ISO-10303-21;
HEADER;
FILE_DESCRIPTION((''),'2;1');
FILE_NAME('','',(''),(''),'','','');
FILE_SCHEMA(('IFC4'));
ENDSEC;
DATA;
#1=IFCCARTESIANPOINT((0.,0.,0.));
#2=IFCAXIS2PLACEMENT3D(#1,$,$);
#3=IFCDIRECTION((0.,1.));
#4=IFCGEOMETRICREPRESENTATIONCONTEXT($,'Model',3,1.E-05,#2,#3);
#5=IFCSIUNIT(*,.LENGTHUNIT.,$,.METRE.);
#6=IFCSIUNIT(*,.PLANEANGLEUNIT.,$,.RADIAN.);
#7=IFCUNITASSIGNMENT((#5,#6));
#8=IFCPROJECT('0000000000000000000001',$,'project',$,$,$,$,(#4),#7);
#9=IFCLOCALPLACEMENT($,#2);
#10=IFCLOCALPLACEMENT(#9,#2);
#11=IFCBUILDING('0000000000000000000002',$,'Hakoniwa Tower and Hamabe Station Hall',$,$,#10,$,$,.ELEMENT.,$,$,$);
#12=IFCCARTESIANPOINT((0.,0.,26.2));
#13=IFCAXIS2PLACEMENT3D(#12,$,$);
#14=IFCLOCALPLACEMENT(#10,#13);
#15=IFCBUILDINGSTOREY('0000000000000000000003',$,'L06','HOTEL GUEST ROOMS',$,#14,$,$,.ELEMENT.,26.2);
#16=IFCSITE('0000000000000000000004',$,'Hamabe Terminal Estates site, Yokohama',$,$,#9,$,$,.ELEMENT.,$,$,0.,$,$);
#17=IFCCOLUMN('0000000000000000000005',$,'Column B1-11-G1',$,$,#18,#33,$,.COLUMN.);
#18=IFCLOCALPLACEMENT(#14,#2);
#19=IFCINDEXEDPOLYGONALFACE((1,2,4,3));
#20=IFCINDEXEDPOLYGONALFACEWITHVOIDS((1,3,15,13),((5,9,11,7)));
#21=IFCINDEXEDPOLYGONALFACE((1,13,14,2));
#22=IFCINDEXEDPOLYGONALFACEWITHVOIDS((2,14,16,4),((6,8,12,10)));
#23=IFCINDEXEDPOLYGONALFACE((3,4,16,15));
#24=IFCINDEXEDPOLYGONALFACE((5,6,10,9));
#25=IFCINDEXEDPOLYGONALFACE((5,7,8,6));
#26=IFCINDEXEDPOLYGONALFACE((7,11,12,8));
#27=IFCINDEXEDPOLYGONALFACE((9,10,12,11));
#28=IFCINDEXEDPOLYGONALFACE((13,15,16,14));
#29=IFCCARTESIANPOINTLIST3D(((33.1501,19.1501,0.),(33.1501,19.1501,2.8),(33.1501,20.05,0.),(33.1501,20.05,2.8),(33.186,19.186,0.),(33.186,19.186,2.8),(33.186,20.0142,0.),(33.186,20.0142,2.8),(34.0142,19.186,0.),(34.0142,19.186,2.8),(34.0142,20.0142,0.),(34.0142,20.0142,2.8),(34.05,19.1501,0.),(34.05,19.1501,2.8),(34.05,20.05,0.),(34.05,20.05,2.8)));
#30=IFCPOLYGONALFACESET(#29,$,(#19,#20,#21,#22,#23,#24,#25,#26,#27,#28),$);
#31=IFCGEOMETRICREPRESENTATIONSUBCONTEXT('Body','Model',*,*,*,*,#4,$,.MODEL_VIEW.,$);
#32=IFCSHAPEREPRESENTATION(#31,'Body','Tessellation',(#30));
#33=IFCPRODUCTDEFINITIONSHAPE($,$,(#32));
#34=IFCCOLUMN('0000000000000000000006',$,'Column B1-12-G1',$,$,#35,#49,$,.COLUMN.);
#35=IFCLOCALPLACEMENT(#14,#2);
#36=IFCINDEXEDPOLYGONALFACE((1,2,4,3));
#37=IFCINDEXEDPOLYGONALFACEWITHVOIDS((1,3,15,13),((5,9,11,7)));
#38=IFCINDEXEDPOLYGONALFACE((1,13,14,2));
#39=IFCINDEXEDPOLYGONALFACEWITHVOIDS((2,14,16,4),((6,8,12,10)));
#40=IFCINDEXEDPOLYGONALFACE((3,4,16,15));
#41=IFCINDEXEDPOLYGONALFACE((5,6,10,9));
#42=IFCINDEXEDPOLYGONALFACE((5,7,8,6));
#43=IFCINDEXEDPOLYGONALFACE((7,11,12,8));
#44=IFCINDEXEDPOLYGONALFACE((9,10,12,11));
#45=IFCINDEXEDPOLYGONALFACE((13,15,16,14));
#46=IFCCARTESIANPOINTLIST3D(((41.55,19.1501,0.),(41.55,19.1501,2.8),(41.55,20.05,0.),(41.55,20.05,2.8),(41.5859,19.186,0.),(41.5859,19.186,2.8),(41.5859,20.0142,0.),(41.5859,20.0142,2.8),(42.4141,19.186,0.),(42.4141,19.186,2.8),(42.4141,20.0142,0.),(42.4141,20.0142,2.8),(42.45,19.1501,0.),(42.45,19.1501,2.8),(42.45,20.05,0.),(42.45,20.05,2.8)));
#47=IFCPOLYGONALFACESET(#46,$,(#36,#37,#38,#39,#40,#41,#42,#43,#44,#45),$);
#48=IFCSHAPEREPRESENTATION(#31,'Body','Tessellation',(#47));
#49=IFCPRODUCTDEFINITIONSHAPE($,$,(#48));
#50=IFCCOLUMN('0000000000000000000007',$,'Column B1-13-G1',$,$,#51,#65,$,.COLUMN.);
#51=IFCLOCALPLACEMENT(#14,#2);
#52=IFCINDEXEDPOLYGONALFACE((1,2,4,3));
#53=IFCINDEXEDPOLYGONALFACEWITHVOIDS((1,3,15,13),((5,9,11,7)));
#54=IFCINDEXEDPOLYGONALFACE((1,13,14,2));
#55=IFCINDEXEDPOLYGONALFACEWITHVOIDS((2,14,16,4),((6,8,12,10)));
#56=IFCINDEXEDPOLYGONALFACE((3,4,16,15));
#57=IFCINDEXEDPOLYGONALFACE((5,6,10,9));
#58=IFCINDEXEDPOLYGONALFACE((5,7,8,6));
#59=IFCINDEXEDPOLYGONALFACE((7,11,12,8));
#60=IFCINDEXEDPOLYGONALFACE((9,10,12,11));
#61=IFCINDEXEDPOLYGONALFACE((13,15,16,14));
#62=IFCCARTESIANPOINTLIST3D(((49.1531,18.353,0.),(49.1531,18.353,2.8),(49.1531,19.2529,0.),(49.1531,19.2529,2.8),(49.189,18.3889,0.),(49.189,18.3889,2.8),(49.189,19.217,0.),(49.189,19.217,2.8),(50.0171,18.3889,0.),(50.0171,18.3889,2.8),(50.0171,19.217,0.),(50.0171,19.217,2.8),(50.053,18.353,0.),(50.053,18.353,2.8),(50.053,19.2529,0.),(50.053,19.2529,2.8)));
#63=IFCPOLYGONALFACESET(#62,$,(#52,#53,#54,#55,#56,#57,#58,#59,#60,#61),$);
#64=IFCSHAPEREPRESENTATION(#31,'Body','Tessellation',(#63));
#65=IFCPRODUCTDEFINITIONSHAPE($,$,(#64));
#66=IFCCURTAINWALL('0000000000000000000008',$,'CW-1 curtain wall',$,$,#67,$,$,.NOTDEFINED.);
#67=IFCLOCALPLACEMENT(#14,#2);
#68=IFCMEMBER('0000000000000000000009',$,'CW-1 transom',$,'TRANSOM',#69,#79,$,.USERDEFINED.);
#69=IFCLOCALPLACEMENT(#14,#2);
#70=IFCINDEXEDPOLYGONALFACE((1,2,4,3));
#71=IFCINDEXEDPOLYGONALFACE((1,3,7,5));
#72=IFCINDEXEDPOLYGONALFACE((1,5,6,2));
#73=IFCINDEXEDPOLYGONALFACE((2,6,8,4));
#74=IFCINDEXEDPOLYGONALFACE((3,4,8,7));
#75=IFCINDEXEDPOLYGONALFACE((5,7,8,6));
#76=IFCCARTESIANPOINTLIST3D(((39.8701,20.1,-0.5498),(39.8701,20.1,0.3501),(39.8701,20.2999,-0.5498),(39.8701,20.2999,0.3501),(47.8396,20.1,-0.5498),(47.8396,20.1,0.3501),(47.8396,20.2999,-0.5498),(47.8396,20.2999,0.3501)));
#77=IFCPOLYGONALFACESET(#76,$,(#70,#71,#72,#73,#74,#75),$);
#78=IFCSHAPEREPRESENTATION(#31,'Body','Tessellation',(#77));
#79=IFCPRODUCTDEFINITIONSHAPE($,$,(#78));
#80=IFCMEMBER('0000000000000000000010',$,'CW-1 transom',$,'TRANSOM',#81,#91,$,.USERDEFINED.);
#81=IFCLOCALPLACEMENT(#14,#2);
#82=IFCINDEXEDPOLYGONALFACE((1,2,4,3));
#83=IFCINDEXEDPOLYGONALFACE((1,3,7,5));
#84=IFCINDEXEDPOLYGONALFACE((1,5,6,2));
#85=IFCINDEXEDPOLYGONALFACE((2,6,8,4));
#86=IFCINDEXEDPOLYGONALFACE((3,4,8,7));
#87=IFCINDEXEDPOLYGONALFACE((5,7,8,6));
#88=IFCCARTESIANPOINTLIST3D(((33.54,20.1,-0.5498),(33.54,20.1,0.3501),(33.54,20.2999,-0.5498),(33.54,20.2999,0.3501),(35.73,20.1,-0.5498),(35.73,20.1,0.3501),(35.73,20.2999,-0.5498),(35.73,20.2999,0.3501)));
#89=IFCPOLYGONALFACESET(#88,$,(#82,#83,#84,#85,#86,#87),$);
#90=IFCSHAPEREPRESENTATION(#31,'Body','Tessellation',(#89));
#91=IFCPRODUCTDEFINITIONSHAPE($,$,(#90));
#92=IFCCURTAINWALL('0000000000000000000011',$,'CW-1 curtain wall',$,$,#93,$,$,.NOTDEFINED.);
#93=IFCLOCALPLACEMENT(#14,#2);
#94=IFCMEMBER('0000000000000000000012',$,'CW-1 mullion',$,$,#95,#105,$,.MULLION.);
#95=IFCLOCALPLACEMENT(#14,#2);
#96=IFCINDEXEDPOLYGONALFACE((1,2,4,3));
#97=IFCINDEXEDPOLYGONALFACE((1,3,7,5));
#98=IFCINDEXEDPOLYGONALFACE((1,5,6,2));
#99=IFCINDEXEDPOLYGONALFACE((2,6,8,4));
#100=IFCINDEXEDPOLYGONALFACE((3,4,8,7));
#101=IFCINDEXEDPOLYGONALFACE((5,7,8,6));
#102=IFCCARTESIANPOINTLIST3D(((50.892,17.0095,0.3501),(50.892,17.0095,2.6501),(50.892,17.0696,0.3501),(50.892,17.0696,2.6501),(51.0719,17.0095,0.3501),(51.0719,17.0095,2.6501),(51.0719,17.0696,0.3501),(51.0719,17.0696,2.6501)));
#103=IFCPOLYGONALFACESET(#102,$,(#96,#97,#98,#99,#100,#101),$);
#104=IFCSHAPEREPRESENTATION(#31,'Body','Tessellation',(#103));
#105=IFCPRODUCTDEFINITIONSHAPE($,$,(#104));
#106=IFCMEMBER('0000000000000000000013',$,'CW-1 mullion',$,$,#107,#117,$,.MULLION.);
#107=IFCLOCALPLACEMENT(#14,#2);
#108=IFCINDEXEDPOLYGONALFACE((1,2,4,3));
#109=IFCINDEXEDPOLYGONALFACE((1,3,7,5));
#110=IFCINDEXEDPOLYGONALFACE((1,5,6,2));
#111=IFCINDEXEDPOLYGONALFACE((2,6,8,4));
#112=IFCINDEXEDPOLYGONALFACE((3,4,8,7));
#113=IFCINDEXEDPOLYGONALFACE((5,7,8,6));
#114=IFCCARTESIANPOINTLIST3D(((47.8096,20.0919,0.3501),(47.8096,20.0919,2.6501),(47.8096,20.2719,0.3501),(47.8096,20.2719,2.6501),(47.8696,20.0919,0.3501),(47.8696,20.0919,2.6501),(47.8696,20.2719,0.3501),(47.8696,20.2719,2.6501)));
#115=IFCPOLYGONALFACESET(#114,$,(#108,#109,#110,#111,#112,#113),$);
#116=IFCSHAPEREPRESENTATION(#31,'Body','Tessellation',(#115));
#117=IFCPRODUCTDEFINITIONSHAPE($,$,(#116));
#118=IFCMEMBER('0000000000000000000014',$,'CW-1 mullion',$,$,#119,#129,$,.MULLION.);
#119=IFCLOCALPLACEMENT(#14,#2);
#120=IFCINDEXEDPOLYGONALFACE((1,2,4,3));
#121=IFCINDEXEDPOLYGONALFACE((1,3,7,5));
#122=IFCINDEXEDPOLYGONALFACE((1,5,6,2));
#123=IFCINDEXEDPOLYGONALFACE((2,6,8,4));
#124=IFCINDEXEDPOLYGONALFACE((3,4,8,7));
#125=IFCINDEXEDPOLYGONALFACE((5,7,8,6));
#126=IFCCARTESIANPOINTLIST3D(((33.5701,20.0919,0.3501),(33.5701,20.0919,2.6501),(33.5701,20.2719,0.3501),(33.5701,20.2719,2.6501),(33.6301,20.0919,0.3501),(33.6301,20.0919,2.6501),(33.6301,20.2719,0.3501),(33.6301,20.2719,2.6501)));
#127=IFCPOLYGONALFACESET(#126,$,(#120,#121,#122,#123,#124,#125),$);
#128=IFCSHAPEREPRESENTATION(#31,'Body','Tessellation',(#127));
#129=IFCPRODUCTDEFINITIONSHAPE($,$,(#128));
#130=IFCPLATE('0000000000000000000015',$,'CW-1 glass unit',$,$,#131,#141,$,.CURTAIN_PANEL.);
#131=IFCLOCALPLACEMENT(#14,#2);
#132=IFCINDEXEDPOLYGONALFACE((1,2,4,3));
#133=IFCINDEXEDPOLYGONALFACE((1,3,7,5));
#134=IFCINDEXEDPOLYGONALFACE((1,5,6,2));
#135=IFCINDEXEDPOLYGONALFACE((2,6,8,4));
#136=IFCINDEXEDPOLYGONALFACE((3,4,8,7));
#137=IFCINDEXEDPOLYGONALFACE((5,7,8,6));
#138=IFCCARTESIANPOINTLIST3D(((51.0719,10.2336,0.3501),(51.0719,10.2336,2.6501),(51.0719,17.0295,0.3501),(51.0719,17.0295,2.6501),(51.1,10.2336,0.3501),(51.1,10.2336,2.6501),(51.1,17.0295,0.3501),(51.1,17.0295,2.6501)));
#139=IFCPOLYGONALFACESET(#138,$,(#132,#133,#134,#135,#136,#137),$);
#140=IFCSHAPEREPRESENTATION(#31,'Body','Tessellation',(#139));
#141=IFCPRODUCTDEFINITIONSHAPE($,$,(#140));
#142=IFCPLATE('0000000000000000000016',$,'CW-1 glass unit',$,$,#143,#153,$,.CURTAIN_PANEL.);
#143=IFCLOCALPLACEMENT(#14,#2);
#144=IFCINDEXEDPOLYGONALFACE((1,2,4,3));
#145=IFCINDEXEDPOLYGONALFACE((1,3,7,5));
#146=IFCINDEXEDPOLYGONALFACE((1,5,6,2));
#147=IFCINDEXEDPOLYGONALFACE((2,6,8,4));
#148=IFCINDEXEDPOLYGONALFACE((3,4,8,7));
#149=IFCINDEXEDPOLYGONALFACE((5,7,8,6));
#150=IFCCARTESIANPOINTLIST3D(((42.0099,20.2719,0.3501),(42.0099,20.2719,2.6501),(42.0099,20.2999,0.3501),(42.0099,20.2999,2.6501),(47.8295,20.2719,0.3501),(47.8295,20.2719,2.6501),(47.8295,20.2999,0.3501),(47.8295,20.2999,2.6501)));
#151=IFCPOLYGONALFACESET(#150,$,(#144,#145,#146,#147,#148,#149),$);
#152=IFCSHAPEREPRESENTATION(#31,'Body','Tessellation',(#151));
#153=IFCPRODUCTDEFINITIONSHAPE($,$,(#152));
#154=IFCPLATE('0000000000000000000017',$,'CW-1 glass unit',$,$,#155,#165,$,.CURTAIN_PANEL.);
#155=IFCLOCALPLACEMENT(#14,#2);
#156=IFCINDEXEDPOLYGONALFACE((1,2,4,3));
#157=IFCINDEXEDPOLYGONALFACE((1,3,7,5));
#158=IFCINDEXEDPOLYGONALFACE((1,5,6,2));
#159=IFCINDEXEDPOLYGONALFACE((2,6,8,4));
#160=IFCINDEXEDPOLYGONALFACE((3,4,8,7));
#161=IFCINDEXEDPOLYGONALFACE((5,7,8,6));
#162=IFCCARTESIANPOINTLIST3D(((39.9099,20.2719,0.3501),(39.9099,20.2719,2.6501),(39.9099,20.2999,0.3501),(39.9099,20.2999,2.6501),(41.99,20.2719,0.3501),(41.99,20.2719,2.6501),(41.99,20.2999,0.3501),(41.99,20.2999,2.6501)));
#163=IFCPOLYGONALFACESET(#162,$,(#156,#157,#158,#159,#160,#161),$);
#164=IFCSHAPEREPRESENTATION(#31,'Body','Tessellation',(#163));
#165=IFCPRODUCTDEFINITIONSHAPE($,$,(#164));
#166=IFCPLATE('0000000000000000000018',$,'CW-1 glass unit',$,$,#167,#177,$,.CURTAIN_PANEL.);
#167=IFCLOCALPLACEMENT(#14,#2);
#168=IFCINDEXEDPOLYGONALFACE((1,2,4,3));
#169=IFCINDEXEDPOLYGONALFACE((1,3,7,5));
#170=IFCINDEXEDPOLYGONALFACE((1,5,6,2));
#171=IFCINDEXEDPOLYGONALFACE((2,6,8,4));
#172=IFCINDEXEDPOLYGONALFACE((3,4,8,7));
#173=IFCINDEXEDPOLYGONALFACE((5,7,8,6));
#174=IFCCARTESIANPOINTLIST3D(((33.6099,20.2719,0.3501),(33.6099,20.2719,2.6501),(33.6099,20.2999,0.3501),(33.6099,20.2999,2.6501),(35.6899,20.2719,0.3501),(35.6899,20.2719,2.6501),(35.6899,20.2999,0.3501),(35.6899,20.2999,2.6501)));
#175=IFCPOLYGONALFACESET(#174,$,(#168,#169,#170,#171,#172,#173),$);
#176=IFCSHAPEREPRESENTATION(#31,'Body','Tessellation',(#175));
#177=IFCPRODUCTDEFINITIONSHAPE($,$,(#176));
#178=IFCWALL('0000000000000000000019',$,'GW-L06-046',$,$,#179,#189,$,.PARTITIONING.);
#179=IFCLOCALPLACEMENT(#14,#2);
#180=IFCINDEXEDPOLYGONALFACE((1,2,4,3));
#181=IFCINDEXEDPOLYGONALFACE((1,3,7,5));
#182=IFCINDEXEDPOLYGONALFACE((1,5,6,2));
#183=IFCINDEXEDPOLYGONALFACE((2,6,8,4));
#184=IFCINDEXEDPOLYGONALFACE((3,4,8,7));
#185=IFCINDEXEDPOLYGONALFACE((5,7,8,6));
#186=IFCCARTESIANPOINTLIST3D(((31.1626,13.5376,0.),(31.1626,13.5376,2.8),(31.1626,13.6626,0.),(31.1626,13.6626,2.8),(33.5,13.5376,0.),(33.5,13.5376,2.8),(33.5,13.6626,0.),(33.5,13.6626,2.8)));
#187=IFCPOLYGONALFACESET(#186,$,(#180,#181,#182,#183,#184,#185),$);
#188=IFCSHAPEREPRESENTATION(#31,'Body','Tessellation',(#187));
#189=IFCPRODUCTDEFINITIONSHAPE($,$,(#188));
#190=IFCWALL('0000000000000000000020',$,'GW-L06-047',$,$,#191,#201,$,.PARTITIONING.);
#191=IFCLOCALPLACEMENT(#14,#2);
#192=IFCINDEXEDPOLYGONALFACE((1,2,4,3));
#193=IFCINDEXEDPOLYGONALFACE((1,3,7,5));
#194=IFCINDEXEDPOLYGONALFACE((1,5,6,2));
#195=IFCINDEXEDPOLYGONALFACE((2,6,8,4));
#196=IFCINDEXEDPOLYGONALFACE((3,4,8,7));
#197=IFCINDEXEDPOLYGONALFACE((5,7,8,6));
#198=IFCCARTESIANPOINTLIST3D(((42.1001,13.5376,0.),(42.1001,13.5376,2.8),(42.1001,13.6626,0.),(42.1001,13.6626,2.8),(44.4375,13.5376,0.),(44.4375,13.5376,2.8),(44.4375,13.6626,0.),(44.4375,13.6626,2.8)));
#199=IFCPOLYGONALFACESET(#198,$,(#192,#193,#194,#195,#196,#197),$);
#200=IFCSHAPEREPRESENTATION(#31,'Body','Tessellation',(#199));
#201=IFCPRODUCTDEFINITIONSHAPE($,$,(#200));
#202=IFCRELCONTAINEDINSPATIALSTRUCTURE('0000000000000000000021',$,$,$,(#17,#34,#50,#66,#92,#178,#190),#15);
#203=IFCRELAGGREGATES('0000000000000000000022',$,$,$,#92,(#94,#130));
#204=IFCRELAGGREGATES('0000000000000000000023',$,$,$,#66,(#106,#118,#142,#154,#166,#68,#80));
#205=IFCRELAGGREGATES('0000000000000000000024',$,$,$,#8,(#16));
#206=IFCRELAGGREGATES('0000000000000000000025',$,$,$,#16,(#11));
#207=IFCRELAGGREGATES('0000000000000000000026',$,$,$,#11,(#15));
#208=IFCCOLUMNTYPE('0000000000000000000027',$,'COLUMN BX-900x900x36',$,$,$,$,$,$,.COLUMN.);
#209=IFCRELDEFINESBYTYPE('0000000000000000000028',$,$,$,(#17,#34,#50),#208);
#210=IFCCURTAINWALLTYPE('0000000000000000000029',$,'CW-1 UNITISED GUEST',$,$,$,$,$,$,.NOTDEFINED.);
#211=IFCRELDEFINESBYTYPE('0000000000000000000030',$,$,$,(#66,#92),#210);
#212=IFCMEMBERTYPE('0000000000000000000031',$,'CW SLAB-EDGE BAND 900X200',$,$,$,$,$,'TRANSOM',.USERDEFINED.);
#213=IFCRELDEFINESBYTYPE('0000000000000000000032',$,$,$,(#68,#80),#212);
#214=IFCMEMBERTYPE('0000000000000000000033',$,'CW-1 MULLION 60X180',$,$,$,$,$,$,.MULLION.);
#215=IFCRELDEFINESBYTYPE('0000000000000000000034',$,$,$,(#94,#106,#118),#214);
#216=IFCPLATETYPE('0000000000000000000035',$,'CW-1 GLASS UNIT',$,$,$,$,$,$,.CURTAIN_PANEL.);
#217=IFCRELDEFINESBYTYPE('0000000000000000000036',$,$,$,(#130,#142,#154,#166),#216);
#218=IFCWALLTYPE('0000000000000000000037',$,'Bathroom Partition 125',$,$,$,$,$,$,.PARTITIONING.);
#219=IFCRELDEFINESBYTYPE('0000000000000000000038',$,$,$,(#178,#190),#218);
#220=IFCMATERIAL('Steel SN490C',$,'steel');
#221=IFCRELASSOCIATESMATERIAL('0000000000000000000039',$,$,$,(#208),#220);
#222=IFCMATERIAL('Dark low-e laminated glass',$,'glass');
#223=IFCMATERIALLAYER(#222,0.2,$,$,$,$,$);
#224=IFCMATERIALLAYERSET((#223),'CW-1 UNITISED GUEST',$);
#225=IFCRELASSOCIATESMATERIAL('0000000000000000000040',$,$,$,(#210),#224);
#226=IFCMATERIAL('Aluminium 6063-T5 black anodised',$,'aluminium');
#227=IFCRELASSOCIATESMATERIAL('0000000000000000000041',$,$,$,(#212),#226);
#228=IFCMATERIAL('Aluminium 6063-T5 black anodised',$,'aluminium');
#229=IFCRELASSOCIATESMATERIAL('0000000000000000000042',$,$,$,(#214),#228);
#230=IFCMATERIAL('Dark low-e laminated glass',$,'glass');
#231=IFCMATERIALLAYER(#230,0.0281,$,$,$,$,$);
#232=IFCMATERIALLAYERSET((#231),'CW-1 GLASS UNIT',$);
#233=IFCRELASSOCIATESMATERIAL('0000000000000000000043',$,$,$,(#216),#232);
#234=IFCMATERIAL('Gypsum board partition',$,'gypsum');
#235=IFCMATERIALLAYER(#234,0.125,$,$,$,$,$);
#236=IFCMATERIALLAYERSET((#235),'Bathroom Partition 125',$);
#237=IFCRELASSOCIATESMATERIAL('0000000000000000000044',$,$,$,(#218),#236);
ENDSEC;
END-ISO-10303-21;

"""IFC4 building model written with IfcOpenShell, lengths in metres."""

from ifc_helpers import new_model, si_unit, direction, frame, frame_2d, origin, origin_2d, place, context, subcontext, project, spatial, rectangle, hollow_rectangle, extrude, material, layer, layer_set, material_profile, profile_set, type_object, element, aggregate, save


model = new_model("IFC4")

# Units and contexts
model_context = context("Model", 3, precision=1e-05, world=origin(), true_north=direction((0.0, 1.0)))
body_context = subcontext(model_context, "Body", "Model", "MODEL_VIEW")
ifc_project = project(units=[si_unit("LENGTHUNIT", "METRE"), si_unit("PLANEANGLEUNIT", "RADIAN")], contexts=[model_context])

# Site, building, storey
site_placement = place(None, origin())
site = spatial("IfcSite", under=ifc_project, at=site_placement, Name="Hamabe Terminal Estates site, Yokohama", CompositionType="ELEMENT", RefElevation=0.0)
building_placement = place(site_placement, origin())
building = spatial("IfcBuilding", under=site, at=building_placement, Name="Hakoniwa Tower and Hamabe Station Hall", CompositionType="ELEMENT")
storey_placement = place(building_placement, frame((0.0, 0.0, 26.2)))
storey = spatial("IfcBuildingStorey", under=building, at=storey_placement, Name="L06", Description="HOTEL GUEST ROOMS", CompositionType="ELEMENT", Elevation=26.2)

# Columns
ifc_material_1 = material(Name="Steel SN490C", Category="steel")
ifc_material_profile_1 = material_profile(ifc_material_1, hollow_rectangle(XDim=0.8999, YDim=0.8999, WallThickness=0.0359, at=origin_2d()), Name="BX-900x900x36")
ifc_profile_set_1 = profile_set([ifc_material_profile_1], Name="Steel SN490C")
column_type = type_object("IfcColumnType", Name="COLUMN BX-900x900x36", PredefinedType="COLUMN", material=ifc_profile_set_1)
for number, where, z_axis, x_axis, name in (
    (1, (33.6001, 19.6001, 0.0), (0.0, 0.0, 1.0), (1.0, 0.0, 0.0), "Column B1-11-G1"),
    (2, (42.0, 19.6001, 0.0), (0.0, 0.0, 1.0), (1.0, 0.0, 0.0), "Column B1-12-G1"),
    (3, (49.603, 18.803, 0.0), (0.0, 0.0, 1.0), (1.0, 0.0, 0.0), "Column B1-13-G1"),
):
    element("IfcColumn", number, at=place(storey_placement, frame(where, z_axis=z_axis, x_axis=x_axis)), inside=storey, type_object=column_type, Name=name, PredefinedType="COLUMN", context=body_context, shape_type="SweptSolid", body=[
        extrude(hollow_rectangle(XDim=0.8999, YDim=0.8999, WallThickness=0.0359, at=origin_2d()), origin(), (0.0, 0.0, 1.0), 2.8),
    ])

# Curtain wall, members
ifc_material_2 = material(Name="Dark low-e laminated glass", Category="glass")
ifc_layer_1 = layer(ifc_material_2, 0.2)
ifc_layer_set_1 = layer_set([ifc_layer_1], Name="CW-1 UNITISED GUEST")
curtain_wall_type = type_object("IfcCurtainWallType", Name="CW-1 UNITISED GUEST", PredefinedType="NOTDEFINED", material=ifc_layer_set_1)
curtain_wall_1_placement = place(storey_placement, origin())
curtain_wall_1 = element("IfcCurtainWall", 4, at=curtain_wall_1_placement, inside=storey, type_object=curtain_wall_type, Name="CW-1 curtain wall", PredefinedType="NOTDEFINED")
ifc_material_3 = material(Name="Aluminium 6063-T5 black anodised", Category="aluminium")
ifc_material_profile_2 = material_profile(ifc_material_3, rectangle(XDim=0.2, YDim=0.8999, at=origin_2d()), Name="CW SLAB-EDGE BAND 900X200")
ifc_profile_set_2 = profile_set([ifc_material_profile_2], Name="Aluminium 6063-T5 black anodised")
member_type_1 = type_object("IfcMemberType", Name="CW SLAB-EDGE BAND 900X200", ElementType="TRANSOM", PredefinedType="USERDEFINED", material=ifc_profile_set_2)
member_1_placement = place(storey_placement, frame((47.8396, 20.2, -0.0999), z_axis=(-1.0, 0.0, 0.0), x_axis=(0.0, -1.0, 0.0)))
member_1 = element("IfcMember", 5, at=member_1_placement, type_object=member_type_1, Name="CW-1 transom", ObjectType="TRANSOM", PredefinedType="USERDEFINED", context=body_context, shape_type="SweptSolid", body=[
    extrude(rectangle(XDim=0.2, YDim=0.8999, at=origin_2d()), origin(), (0.0, 0.0, 1.0), 7.9695),
])
member_2_placement = place(storey_placement, frame((35.73, 20.2, -0.0999), z_axis=(-1.0, 0.0, 0.0), x_axis=(0.0, -1.0, 0.0)))
member_2 = element("IfcMember", 6, at=member_2_placement, type_object=member_type_1, Name="CW-1 transom", ObjectType="TRANSOM", PredefinedType="USERDEFINED", context=body_context, shape_type="SweptSolid", body=[
    extrude(rectangle(XDim=0.2, YDim=0.8999, at=origin_2d()), origin(), (0.0, 0.0, 1.0), 2.1899),
])

# Curtain wall, member
curtain_wall_2_placement = place(storey_placement, origin())
curtain_wall_2 = element("IfcCurtainWall", 7, at=curtain_wall_2_placement, inside=storey, type_object=curtain_wall_type, Name="CW-1 curtain wall", PredefinedType="NOTDEFINED")
ifc_material_4 = material(Name="Aluminium 6063-T5 black anodised", Category="aluminium")
ifc_material_profile_3 = material_profile(ifc_material_4, rectangle(XDim=0.0601, YDim=0.1799, at=origin_2d()), Name="CW-1 MULLION 60X180")
ifc_profile_set_3 = profile_set([ifc_material_profile_3], Name="Aluminium 6063-T5 black anodised")
member_type_2 = type_object("IfcMemberType", Name="CW-1 MULLION 60X180", PredefinedType="MULLION", material=ifc_profile_set_3)
member_3_placement = place(storey_placement, frame((50.9819, 17.0396, 0.3501), z_axis=(0.0, 0.0, 1.0), x_axis=(0.0, 1.0, 0.0)))
member_3 = element("IfcMember", 8, at=member_3_placement, type_object=member_type_2, Name="CW-1 mullion", PredefinedType="MULLION", context=body_context, shape_type="SweptSolid", body=[
    extrude(rectangle(XDim=0.0601, YDim=0.1799, at=origin_2d()), origin(), (0.0, 0.0, 1.0), 2.3),
])

# Members
member_4_placement = place(storey_placement, frame((47.8396, 20.1819, 0.3501), z_axis=(0.0, 0.0, 1.0), x_axis=(-1.0, 0.0, 0.0)))
member_4 = element("IfcMember", 9, at=member_4_placement, type_object=member_type_2, Name="CW-1 mullion", PredefinedType="MULLION", context=body_context, shape_type="SweptSolid", body=[
    extrude(rectangle(XDim=0.0601, YDim=0.1799, at=origin_2d()), origin(), (0.0, 0.0, 1.0), 2.3),
])
member_5_placement = place(storey_placement, frame((33.6001, 20.1819, 0.3501), z_axis=(0.0, 0.0, 1.0), x_axis=(-1.0, 0.0, 0.0)))
member_5 = element("IfcMember", 10, at=member_5_placement, type_object=member_type_2, Name="CW-1 mullion", PredefinedType="MULLION", context=body_context, shape_type="SweptSolid", body=[
    extrude(rectangle(XDim=0.0601, YDim=0.1799, at=origin_2d()), origin(), (0.0, 0.0, 1.0), 2.3),
])

# Plates
ifc_material_5 = material(Name="Dark low-e laminated glass", Category="glass")
ifc_layer_2 = layer(ifc_material_5, 0.0281)
ifc_layer_set_2 = layer_set([ifc_layer_2], Name="CW-1 GLASS UNIT")
plate_type = type_object("IfcPlateType", Name="CW-1 GLASS UNIT", PredefinedType="CURTAIN_PANEL", material=ifc_layer_set_2)
plate_1_placement = place(storey_placement, frame((51.0859, 13.6316, 0.3501), z_axis=(0.0, 0.0, 1.0), x_axis=(0.0, 1.0, 0.0)))
plate_1 = element("IfcPlate", 11, at=plate_1_placement, type_object=plate_type, Name="CW-1 glass unit", PredefinedType="CURTAIN_PANEL", context=body_context, shape_type="SweptSolid", body=[
    extrude(rectangle(XDim=6.7959, YDim=0.0281, at=origin_2d()), origin(), (0.0, 0.0, 1.0), 2.3),
])
aggregate(curtain_wall_2, [member_3, plate_1])
plate_2_placement = place(storey_placement, frame((44.9197, 20.2859, 0.3501), z_axis=(0.0, 0.0, 1.0), x_axis=(-1.0, 0.0, 0.0)))
plate_2 = element("IfcPlate", 12, at=plate_2_placement, type_object=plate_type, Name="CW-1 glass unit", PredefinedType="CURTAIN_PANEL", context=body_context, shape_type="SweptSolid", body=[
    extrude(rectangle(XDim=5.8196, YDim=0.0281, at=origin_2d()), origin(), (0.0, 0.0, 1.0), 2.3),
])
plate_3_placement = place(storey_placement, frame((40.95, 20.2859, 0.3501), z_axis=(0.0, 0.0, 1.0), x_axis=(-1.0, 0.0, 0.0)))
plate_3 = element("IfcPlate", 13, at=plate_3_placement, type_object=plate_type, Name="CW-1 glass unit", PredefinedType="CURTAIN_PANEL", context=body_context, shape_type="SweptSolid", body=[
    extrude(rectangle(XDim=2.0801, YDim=0.0281, at=origin_2d()), origin(), (0.0, 0.0, 1.0), 2.3),
])
plate_4_placement = place(storey_placement, frame((34.6499, 20.2859, 0.3501), z_axis=(0.0, 0.0, 1.0), x_axis=(-1.0, 0.0, 0.0)))
plate_4 = element("IfcPlate", 14, at=plate_4_placement, type_object=plate_type, Name="CW-1 glass unit", PredefinedType="CURTAIN_PANEL", context=body_context, shape_type="SweptSolid", body=[
    extrude(rectangle(XDim=2.0801, YDim=0.0281, at=origin_2d()), origin(), (0.0, 0.0, 1.0), 2.3),
])

# Walls
ifc_material_6 = material(Name="Gypsum board partition", Category="gypsum")
ifc_layer_3 = layer(ifc_material_6, 0.125)
ifc_layer_set_3 = layer_set([ifc_layer_3], Name="Bathroom Partition 125")
wall_type_1 = type_object("IfcWallType", Name="Bathroom Partition 125", PredefinedType="PARTITIONING", material=ifc_layer_set_3)
for number, where, z_axis, x_axis, name in (
    (15, (31.1626, 13.6001, 0.0), (0.0, 0.0, 1.0), (1.0, 0.0, 0.0), "GW-L06-046"),
    (16, (42.1001, 13.6001, 0.0), (0.0, 0.0, 1.0), (1.0, 0.0, 0.0), "GW-L06-047"),
):
    element("IfcWall", number, at=place(storey_placement, frame(where, z_axis=z_axis, x_axis=x_axis)), inside=storey, type_object=wall_type_1, Name=name, PredefinedType="PARTITIONING", context=body_context, shape_type="SweptSolid", body=[
        extrude(rectangle(XDim=2.3374, YDim=0.125, at=frame_2d((1.1687, 0.0))), origin(), (0.0, 0.0, 1.0), 2.8),
    ])

aggregate(curtain_wall_1, [member_4, member_5, plate_2, plate_3, plate_4, member_1, member_2])

save(model, "model.ifc")
